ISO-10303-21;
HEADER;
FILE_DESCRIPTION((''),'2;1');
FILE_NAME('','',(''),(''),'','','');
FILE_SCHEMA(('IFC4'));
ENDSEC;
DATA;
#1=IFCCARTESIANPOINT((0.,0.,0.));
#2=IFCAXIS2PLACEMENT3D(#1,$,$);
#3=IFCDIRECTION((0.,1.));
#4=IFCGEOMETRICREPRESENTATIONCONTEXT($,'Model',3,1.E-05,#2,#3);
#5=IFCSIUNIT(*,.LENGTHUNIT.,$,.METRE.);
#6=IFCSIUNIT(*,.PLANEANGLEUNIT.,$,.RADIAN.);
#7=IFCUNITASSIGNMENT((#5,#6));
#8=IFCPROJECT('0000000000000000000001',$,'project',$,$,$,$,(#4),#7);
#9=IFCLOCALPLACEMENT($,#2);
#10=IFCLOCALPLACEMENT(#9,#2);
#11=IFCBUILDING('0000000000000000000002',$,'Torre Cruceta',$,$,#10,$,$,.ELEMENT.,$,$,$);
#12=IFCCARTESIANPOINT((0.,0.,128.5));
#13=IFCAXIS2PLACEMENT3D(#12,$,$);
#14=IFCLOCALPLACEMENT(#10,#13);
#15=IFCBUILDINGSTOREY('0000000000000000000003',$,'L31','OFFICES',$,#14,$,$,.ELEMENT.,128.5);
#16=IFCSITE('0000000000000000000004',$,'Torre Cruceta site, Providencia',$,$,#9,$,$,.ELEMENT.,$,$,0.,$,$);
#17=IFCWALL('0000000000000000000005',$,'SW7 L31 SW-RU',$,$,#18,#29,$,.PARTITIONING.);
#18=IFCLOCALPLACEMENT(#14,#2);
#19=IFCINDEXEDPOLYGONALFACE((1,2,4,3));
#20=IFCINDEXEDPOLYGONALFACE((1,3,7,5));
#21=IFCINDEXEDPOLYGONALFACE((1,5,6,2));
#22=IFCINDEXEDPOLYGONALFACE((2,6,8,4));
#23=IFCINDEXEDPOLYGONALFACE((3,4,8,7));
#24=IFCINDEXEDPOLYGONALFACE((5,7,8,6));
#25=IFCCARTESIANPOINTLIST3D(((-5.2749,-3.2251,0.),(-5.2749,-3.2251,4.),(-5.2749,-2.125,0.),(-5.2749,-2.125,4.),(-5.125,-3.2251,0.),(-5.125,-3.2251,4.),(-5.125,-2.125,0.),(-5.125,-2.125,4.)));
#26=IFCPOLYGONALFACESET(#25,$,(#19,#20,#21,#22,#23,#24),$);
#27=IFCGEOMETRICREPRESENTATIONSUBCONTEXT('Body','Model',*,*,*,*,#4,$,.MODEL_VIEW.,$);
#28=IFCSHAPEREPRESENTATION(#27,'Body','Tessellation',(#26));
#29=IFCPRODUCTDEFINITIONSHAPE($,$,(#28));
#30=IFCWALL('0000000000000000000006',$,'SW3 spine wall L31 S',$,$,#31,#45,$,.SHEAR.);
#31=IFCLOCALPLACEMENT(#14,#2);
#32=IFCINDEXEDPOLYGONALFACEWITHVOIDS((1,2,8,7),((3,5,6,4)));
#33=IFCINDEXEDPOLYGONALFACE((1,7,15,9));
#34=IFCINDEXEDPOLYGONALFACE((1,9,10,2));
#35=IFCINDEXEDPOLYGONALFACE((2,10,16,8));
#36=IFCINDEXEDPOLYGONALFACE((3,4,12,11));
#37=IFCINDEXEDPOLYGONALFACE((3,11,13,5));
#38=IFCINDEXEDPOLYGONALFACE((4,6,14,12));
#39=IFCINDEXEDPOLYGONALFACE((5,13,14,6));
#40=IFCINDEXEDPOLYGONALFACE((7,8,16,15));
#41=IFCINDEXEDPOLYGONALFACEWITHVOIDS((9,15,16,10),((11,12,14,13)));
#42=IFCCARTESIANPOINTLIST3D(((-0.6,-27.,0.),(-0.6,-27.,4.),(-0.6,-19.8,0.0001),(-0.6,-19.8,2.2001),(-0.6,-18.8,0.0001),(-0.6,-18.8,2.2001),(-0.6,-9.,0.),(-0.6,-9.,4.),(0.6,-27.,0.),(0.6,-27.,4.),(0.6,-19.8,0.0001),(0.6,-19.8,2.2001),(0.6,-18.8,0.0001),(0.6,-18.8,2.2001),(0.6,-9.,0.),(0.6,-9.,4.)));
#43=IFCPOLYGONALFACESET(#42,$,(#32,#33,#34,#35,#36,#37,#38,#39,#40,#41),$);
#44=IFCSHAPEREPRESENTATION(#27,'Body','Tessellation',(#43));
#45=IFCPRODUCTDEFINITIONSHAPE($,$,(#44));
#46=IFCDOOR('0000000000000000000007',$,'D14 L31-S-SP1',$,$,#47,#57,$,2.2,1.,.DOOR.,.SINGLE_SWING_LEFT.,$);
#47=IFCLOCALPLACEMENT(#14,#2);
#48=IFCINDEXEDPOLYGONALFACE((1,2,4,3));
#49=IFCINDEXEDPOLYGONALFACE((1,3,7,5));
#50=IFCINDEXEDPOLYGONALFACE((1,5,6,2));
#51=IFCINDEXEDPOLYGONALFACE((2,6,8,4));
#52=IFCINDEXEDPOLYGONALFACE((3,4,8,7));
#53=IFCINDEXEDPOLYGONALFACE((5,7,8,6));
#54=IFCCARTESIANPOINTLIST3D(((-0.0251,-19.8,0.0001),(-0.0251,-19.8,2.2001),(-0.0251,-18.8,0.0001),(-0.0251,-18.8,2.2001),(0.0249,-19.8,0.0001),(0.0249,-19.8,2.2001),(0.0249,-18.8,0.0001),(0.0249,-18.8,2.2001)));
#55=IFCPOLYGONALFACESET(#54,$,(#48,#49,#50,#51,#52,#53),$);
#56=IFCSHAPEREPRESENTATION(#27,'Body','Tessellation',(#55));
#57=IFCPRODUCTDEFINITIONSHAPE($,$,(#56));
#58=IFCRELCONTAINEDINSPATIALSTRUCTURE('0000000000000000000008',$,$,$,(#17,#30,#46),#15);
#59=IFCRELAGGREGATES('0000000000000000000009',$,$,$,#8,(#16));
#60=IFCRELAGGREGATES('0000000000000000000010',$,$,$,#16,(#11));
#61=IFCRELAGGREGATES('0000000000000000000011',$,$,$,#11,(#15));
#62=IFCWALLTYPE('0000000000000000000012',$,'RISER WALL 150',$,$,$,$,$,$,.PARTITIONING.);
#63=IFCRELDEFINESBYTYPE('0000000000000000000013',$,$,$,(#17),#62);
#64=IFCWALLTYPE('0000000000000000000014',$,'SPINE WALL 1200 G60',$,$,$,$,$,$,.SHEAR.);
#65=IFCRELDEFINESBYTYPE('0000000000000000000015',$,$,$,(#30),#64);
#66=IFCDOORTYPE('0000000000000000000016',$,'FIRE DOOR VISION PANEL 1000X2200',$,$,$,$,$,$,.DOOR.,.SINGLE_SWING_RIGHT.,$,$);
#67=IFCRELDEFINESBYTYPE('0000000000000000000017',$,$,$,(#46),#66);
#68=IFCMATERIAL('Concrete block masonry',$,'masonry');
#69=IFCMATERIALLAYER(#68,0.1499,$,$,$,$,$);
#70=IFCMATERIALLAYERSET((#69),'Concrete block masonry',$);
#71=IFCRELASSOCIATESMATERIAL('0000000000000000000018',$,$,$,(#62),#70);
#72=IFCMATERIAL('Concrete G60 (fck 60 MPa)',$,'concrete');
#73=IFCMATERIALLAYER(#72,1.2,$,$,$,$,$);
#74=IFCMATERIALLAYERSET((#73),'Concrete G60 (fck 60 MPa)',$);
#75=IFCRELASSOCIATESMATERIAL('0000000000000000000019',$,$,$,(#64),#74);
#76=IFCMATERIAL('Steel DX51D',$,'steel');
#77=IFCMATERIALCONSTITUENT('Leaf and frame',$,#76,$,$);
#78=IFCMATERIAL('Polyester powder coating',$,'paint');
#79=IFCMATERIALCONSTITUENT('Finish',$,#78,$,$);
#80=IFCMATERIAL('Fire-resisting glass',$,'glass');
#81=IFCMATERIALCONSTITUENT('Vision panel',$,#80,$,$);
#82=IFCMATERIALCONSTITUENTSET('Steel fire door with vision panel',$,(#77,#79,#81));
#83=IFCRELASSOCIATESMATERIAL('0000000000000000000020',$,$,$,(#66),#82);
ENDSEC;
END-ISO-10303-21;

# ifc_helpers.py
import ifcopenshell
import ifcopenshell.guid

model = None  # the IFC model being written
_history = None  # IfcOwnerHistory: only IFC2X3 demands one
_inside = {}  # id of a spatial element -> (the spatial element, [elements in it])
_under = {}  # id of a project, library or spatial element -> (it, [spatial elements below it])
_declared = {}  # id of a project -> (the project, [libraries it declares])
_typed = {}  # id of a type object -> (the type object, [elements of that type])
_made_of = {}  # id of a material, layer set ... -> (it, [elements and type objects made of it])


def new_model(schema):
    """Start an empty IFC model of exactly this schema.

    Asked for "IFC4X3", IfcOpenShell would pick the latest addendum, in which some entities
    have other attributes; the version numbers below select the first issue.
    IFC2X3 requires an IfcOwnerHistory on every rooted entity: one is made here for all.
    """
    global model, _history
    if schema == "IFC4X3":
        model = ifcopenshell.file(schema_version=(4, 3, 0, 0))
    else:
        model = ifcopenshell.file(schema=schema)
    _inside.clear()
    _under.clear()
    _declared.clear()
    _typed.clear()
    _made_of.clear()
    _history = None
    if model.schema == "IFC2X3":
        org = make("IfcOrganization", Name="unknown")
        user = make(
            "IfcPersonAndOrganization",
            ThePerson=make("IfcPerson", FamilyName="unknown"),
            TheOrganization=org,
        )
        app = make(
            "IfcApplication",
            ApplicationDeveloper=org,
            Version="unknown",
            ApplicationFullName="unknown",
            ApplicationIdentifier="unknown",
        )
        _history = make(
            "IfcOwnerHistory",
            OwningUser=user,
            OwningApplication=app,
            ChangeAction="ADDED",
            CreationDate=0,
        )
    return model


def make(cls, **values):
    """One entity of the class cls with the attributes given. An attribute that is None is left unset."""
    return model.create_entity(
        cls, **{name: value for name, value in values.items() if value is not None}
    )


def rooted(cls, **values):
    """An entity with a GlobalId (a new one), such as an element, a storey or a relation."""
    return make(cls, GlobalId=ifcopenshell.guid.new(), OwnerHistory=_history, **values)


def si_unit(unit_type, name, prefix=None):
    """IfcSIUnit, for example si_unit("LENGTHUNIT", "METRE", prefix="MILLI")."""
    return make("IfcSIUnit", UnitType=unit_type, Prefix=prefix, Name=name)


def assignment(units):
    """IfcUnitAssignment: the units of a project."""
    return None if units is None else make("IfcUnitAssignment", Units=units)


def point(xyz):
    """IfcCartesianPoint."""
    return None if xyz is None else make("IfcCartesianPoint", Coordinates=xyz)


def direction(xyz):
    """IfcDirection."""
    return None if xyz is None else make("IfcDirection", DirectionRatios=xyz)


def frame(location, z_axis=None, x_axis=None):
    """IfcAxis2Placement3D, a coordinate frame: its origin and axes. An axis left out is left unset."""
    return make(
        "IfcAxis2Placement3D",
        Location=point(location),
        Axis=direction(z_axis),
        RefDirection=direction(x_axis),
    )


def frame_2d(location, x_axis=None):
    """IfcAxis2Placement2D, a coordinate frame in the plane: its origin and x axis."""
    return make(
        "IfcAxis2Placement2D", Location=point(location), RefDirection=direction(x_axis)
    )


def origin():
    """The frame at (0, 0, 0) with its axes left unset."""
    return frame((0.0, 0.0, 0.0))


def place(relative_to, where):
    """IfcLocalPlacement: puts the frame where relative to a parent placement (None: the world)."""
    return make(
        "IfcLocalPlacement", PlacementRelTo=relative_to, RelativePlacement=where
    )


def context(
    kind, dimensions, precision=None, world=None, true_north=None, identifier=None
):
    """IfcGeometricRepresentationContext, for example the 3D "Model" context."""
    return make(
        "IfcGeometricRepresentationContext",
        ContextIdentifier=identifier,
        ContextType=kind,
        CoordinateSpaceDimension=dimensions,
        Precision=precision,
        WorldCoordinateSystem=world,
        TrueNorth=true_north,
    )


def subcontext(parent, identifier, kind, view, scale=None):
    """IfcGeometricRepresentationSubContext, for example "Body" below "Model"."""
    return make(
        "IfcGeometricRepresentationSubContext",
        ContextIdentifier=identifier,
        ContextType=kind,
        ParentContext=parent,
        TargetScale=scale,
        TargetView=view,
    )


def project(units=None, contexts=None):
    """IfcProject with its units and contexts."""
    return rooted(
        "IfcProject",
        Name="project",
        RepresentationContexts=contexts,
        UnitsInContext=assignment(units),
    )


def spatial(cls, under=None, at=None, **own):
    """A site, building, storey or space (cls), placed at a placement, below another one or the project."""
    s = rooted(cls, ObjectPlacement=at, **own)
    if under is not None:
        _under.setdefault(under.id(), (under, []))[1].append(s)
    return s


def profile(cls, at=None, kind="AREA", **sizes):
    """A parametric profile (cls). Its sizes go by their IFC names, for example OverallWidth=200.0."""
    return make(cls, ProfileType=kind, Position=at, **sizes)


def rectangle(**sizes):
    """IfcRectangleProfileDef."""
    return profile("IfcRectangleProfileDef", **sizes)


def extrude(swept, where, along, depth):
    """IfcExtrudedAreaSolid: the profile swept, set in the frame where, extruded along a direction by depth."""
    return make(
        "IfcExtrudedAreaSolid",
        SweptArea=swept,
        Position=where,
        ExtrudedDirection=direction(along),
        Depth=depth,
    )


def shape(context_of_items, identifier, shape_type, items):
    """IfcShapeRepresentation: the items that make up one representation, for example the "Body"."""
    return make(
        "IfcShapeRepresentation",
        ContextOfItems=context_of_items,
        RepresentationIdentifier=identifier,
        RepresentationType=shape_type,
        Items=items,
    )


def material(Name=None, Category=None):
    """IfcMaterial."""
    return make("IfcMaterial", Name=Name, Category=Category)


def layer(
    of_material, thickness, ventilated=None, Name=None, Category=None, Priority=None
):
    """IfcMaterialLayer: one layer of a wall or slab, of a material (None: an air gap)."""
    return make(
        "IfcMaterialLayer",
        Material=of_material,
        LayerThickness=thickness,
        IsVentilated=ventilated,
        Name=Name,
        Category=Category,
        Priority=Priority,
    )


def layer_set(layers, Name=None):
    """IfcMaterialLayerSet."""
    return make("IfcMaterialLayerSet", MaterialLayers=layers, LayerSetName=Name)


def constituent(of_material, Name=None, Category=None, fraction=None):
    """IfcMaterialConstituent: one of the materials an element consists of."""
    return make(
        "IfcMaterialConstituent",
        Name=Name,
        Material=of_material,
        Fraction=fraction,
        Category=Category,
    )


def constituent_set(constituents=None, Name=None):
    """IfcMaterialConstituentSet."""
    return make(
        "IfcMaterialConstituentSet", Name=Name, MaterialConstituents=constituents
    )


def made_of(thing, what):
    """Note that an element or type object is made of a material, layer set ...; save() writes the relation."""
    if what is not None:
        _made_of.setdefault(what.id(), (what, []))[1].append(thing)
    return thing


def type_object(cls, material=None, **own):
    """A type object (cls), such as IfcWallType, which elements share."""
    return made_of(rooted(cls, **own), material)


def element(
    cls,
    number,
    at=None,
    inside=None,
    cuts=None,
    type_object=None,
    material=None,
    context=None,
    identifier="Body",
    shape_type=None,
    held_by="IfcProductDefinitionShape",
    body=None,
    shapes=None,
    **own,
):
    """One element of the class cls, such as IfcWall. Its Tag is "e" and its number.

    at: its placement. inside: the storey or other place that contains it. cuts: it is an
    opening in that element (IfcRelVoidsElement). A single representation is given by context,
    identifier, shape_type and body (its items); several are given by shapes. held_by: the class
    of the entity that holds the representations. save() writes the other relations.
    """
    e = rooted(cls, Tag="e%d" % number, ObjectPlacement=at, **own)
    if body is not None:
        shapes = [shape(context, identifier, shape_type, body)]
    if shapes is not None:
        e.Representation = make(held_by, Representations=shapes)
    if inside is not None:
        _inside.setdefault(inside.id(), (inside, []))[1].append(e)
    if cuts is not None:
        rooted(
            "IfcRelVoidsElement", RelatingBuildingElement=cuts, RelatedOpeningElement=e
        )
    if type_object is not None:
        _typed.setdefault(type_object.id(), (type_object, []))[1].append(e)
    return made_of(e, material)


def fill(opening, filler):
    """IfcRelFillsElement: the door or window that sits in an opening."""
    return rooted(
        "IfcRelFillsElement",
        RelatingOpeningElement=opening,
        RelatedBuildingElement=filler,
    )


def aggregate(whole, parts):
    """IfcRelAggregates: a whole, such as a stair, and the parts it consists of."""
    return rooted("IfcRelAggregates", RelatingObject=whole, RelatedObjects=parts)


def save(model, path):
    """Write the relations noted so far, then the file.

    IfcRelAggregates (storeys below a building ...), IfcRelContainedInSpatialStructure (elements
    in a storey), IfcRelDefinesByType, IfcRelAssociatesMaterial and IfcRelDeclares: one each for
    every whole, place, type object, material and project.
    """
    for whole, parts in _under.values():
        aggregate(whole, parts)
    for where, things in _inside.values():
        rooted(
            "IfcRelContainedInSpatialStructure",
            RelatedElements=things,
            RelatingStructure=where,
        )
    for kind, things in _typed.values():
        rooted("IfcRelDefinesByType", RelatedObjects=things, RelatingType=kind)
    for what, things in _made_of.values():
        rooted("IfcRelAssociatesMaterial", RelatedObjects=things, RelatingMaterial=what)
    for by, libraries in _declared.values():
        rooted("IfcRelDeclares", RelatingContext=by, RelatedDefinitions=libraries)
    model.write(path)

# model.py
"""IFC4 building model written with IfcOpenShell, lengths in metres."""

from ifc_helpers import new_model, si_unit, direction, frame, frame_2d, origin, place, context, subcontext, project, spatial, rectangle, extrude, material, layer, layer_set, constituent, constituent_set, type_object, element, fill, save


model = new_model("IFC4")

# Units and contexts
model_context = context("Model", 3, precision=1e-05, world=origin(), true_north=direction((0.0, 1.0)))
body_context = subcontext(model_context, "Body", "Model", "MODEL_VIEW")
ifc_project = project(units=[si_unit("LENGTHUNIT", "METRE"), si_unit("PLANEANGLEUNIT", "RADIAN")], contexts=[model_context])

# Site, building, storey
site_placement = place(None, origin())
site = spatial("IfcSite", under=ifc_project, at=site_placement, Name="Torre Cruceta site, Providencia", CompositionType="ELEMENT", RefElevation=0.0)
building_placement = place(site_placement, origin())
building = spatial("IfcBuilding", under=site, at=building_placement, Name="Torre Cruceta", CompositionType="ELEMENT")
storey_placement = place(building_placement, frame((0.0, 0.0, 128.5)))
storey = spatial("IfcBuildingStorey", under=building, at=storey_placement, Name="L31", Description="OFFICES", CompositionType="ELEMENT", Elevation=128.5)

# Shared definitions
ifc_material_1 = material(Name="Concrete block masonry", Category="masonry")
ifc_layer_1 = layer(ifc_material_1, 0.1499)
ifc_layer_set_1 = layer_set([ifc_layer_1], Name="Concrete block masonry")
wall_type_1 = type_object("IfcWallType", Name="RISER WALL 150", PredefinedType="PARTITIONING", material=ifc_layer_set_1)

# Wall
wall_1_placement = place(storey_placement, frame((-5.2, -2.125, 0.0), z_axis=(0.0, 0.0, 1.0), x_axis=(0.0, -1.0, 0.0)))
element("IfcWall", 1, at=wall_1_placement, inside=storey, type_object=wall_type_1, Name="SW7 L31 SW-RU", PredefinedType="PARTITIONING", context=body_context, shape_type="SweptSolid", body=[
    extrude(rectangle(XDim=1.1001, YDim=0.1499, at=frame_2d((0.55, 0.0))), origin(), (0.0, 0.0, 1.0), 4.0),
])

# Wall, opening, door
ifc_material_2 = material(Name="Concrete G60 (fck 60 MPa)", Category="concrete")
ifc_layer_2 = layer(ifc_material_2, 1.2)
ifc_layer_set_2 = layer_set([ifc_layer_2], Name="Concrete G60 (fck 60 MPa)")
wall_type_2 = type_object("IfcWallType", Name="SPINE WALL 1200 G60", PredefinedType="SHEAR", material=ifc_layer_set_2)
wall_2_placement = place(storey_placement, frame((0.0, -9.0, 0.0), z_axis=(0.0, 0.0, 1.0), x_axis=(0.0, -1.0, 0.0)))
wall_2 = element("IfcWall", 2, at=wall_2_placement, inside=storey, type_object=wall_type_2, Name="SW3 spine wall L31 S", PredefinedType="SHEAR", context=body_context, shape_type="SweptSolid", body=[
    extrude(rectangle(XDim=18.0, YDim=1.2, at=frame_2d((9.0, 0.0))), origin(), (0.0, 0.0, 1.0), 4.0),
])
opening_1_placement = place(wall_2_placement, frame((9.8, 0.0, 0.0)))
opening_1 = element("IfcOpeningElement", 3, at=opening_1_placement, cuts=wall_2, PredefinedType="OPENING", context=body_context, shape_type="SweptSolid", body=[
    extrude(rectangle(XDim=1.0, YDim=2.2, at=frame_2d((0.5, 1.1001))), frame((0.0, 0.6099, 0.0), z_axis=(0.0, -1.0, 0.0), x_axis=(1.0, 0.0, 0.0)), (0.0, 0.0, 1.0), 1.22),
])
ifc_material_3 = material(Name="Steel DX51D", Category="steel")
ifc_constituent_1 = constituent(ifc_material_3, Name="Leaf and frame")
ifc_material_4 = material(Name="Polyester powder coating", Category="paint")
ifc_constituent_2 = constituent(ifc_material_4, Name="Finish")
ifc_material_5 = material(Name="Fire-resisting glass", Category="glass")
ifc_constituent_3 = constituent(ifc_material_5, Name="Vision panel")
ifc_constituent_set_1 = constituent_set(constituents=[ifc_constituent_1, ifc_constituent_2, ifc_constituent_3], Name="Steel fire door with vision panel")
door_type_1 = type_object("IfcDoorType", Name="FIRE DOOR VISION PANEL 1000X2200", OperationType="SINGLE_SWING_RIGHT", PredefinedType="DOOR", material=ifc_constituent_set_1)
door_1_placement = place(opening_1_placement, frame((1.0, 0.0, 0.0), z_axis=(0.0, 0.0, 1.0), x_axis=(-1.0, 0.0, 0.0)))
door_1 = element("IfcDoor", 4, at=door_1_placement, inside=storey, type_object=door_type_1, Name="D14 L31-S-SP1", OperationType="SINGLE_SWING_LEFT", OverallHeight=2.2, OverallWidth=1.0, PredefinedType="DOOR", context=body_context, shape_type="SweptSolid", body=[
    extrude(rectangle(XDim=1.0, YDim=2.2, at=frame_2d((0.5, 1.1001))), frame((0.0, 0.0251, 0.0), z_axis=(0.0, -1.0, 0.0), x_axis=(1.0, 0.0, 0.0)), (0.0, 0.0, 1.0), 0.05),
])
fill(opening_1, door_1)

save(model, "model.ifc")
